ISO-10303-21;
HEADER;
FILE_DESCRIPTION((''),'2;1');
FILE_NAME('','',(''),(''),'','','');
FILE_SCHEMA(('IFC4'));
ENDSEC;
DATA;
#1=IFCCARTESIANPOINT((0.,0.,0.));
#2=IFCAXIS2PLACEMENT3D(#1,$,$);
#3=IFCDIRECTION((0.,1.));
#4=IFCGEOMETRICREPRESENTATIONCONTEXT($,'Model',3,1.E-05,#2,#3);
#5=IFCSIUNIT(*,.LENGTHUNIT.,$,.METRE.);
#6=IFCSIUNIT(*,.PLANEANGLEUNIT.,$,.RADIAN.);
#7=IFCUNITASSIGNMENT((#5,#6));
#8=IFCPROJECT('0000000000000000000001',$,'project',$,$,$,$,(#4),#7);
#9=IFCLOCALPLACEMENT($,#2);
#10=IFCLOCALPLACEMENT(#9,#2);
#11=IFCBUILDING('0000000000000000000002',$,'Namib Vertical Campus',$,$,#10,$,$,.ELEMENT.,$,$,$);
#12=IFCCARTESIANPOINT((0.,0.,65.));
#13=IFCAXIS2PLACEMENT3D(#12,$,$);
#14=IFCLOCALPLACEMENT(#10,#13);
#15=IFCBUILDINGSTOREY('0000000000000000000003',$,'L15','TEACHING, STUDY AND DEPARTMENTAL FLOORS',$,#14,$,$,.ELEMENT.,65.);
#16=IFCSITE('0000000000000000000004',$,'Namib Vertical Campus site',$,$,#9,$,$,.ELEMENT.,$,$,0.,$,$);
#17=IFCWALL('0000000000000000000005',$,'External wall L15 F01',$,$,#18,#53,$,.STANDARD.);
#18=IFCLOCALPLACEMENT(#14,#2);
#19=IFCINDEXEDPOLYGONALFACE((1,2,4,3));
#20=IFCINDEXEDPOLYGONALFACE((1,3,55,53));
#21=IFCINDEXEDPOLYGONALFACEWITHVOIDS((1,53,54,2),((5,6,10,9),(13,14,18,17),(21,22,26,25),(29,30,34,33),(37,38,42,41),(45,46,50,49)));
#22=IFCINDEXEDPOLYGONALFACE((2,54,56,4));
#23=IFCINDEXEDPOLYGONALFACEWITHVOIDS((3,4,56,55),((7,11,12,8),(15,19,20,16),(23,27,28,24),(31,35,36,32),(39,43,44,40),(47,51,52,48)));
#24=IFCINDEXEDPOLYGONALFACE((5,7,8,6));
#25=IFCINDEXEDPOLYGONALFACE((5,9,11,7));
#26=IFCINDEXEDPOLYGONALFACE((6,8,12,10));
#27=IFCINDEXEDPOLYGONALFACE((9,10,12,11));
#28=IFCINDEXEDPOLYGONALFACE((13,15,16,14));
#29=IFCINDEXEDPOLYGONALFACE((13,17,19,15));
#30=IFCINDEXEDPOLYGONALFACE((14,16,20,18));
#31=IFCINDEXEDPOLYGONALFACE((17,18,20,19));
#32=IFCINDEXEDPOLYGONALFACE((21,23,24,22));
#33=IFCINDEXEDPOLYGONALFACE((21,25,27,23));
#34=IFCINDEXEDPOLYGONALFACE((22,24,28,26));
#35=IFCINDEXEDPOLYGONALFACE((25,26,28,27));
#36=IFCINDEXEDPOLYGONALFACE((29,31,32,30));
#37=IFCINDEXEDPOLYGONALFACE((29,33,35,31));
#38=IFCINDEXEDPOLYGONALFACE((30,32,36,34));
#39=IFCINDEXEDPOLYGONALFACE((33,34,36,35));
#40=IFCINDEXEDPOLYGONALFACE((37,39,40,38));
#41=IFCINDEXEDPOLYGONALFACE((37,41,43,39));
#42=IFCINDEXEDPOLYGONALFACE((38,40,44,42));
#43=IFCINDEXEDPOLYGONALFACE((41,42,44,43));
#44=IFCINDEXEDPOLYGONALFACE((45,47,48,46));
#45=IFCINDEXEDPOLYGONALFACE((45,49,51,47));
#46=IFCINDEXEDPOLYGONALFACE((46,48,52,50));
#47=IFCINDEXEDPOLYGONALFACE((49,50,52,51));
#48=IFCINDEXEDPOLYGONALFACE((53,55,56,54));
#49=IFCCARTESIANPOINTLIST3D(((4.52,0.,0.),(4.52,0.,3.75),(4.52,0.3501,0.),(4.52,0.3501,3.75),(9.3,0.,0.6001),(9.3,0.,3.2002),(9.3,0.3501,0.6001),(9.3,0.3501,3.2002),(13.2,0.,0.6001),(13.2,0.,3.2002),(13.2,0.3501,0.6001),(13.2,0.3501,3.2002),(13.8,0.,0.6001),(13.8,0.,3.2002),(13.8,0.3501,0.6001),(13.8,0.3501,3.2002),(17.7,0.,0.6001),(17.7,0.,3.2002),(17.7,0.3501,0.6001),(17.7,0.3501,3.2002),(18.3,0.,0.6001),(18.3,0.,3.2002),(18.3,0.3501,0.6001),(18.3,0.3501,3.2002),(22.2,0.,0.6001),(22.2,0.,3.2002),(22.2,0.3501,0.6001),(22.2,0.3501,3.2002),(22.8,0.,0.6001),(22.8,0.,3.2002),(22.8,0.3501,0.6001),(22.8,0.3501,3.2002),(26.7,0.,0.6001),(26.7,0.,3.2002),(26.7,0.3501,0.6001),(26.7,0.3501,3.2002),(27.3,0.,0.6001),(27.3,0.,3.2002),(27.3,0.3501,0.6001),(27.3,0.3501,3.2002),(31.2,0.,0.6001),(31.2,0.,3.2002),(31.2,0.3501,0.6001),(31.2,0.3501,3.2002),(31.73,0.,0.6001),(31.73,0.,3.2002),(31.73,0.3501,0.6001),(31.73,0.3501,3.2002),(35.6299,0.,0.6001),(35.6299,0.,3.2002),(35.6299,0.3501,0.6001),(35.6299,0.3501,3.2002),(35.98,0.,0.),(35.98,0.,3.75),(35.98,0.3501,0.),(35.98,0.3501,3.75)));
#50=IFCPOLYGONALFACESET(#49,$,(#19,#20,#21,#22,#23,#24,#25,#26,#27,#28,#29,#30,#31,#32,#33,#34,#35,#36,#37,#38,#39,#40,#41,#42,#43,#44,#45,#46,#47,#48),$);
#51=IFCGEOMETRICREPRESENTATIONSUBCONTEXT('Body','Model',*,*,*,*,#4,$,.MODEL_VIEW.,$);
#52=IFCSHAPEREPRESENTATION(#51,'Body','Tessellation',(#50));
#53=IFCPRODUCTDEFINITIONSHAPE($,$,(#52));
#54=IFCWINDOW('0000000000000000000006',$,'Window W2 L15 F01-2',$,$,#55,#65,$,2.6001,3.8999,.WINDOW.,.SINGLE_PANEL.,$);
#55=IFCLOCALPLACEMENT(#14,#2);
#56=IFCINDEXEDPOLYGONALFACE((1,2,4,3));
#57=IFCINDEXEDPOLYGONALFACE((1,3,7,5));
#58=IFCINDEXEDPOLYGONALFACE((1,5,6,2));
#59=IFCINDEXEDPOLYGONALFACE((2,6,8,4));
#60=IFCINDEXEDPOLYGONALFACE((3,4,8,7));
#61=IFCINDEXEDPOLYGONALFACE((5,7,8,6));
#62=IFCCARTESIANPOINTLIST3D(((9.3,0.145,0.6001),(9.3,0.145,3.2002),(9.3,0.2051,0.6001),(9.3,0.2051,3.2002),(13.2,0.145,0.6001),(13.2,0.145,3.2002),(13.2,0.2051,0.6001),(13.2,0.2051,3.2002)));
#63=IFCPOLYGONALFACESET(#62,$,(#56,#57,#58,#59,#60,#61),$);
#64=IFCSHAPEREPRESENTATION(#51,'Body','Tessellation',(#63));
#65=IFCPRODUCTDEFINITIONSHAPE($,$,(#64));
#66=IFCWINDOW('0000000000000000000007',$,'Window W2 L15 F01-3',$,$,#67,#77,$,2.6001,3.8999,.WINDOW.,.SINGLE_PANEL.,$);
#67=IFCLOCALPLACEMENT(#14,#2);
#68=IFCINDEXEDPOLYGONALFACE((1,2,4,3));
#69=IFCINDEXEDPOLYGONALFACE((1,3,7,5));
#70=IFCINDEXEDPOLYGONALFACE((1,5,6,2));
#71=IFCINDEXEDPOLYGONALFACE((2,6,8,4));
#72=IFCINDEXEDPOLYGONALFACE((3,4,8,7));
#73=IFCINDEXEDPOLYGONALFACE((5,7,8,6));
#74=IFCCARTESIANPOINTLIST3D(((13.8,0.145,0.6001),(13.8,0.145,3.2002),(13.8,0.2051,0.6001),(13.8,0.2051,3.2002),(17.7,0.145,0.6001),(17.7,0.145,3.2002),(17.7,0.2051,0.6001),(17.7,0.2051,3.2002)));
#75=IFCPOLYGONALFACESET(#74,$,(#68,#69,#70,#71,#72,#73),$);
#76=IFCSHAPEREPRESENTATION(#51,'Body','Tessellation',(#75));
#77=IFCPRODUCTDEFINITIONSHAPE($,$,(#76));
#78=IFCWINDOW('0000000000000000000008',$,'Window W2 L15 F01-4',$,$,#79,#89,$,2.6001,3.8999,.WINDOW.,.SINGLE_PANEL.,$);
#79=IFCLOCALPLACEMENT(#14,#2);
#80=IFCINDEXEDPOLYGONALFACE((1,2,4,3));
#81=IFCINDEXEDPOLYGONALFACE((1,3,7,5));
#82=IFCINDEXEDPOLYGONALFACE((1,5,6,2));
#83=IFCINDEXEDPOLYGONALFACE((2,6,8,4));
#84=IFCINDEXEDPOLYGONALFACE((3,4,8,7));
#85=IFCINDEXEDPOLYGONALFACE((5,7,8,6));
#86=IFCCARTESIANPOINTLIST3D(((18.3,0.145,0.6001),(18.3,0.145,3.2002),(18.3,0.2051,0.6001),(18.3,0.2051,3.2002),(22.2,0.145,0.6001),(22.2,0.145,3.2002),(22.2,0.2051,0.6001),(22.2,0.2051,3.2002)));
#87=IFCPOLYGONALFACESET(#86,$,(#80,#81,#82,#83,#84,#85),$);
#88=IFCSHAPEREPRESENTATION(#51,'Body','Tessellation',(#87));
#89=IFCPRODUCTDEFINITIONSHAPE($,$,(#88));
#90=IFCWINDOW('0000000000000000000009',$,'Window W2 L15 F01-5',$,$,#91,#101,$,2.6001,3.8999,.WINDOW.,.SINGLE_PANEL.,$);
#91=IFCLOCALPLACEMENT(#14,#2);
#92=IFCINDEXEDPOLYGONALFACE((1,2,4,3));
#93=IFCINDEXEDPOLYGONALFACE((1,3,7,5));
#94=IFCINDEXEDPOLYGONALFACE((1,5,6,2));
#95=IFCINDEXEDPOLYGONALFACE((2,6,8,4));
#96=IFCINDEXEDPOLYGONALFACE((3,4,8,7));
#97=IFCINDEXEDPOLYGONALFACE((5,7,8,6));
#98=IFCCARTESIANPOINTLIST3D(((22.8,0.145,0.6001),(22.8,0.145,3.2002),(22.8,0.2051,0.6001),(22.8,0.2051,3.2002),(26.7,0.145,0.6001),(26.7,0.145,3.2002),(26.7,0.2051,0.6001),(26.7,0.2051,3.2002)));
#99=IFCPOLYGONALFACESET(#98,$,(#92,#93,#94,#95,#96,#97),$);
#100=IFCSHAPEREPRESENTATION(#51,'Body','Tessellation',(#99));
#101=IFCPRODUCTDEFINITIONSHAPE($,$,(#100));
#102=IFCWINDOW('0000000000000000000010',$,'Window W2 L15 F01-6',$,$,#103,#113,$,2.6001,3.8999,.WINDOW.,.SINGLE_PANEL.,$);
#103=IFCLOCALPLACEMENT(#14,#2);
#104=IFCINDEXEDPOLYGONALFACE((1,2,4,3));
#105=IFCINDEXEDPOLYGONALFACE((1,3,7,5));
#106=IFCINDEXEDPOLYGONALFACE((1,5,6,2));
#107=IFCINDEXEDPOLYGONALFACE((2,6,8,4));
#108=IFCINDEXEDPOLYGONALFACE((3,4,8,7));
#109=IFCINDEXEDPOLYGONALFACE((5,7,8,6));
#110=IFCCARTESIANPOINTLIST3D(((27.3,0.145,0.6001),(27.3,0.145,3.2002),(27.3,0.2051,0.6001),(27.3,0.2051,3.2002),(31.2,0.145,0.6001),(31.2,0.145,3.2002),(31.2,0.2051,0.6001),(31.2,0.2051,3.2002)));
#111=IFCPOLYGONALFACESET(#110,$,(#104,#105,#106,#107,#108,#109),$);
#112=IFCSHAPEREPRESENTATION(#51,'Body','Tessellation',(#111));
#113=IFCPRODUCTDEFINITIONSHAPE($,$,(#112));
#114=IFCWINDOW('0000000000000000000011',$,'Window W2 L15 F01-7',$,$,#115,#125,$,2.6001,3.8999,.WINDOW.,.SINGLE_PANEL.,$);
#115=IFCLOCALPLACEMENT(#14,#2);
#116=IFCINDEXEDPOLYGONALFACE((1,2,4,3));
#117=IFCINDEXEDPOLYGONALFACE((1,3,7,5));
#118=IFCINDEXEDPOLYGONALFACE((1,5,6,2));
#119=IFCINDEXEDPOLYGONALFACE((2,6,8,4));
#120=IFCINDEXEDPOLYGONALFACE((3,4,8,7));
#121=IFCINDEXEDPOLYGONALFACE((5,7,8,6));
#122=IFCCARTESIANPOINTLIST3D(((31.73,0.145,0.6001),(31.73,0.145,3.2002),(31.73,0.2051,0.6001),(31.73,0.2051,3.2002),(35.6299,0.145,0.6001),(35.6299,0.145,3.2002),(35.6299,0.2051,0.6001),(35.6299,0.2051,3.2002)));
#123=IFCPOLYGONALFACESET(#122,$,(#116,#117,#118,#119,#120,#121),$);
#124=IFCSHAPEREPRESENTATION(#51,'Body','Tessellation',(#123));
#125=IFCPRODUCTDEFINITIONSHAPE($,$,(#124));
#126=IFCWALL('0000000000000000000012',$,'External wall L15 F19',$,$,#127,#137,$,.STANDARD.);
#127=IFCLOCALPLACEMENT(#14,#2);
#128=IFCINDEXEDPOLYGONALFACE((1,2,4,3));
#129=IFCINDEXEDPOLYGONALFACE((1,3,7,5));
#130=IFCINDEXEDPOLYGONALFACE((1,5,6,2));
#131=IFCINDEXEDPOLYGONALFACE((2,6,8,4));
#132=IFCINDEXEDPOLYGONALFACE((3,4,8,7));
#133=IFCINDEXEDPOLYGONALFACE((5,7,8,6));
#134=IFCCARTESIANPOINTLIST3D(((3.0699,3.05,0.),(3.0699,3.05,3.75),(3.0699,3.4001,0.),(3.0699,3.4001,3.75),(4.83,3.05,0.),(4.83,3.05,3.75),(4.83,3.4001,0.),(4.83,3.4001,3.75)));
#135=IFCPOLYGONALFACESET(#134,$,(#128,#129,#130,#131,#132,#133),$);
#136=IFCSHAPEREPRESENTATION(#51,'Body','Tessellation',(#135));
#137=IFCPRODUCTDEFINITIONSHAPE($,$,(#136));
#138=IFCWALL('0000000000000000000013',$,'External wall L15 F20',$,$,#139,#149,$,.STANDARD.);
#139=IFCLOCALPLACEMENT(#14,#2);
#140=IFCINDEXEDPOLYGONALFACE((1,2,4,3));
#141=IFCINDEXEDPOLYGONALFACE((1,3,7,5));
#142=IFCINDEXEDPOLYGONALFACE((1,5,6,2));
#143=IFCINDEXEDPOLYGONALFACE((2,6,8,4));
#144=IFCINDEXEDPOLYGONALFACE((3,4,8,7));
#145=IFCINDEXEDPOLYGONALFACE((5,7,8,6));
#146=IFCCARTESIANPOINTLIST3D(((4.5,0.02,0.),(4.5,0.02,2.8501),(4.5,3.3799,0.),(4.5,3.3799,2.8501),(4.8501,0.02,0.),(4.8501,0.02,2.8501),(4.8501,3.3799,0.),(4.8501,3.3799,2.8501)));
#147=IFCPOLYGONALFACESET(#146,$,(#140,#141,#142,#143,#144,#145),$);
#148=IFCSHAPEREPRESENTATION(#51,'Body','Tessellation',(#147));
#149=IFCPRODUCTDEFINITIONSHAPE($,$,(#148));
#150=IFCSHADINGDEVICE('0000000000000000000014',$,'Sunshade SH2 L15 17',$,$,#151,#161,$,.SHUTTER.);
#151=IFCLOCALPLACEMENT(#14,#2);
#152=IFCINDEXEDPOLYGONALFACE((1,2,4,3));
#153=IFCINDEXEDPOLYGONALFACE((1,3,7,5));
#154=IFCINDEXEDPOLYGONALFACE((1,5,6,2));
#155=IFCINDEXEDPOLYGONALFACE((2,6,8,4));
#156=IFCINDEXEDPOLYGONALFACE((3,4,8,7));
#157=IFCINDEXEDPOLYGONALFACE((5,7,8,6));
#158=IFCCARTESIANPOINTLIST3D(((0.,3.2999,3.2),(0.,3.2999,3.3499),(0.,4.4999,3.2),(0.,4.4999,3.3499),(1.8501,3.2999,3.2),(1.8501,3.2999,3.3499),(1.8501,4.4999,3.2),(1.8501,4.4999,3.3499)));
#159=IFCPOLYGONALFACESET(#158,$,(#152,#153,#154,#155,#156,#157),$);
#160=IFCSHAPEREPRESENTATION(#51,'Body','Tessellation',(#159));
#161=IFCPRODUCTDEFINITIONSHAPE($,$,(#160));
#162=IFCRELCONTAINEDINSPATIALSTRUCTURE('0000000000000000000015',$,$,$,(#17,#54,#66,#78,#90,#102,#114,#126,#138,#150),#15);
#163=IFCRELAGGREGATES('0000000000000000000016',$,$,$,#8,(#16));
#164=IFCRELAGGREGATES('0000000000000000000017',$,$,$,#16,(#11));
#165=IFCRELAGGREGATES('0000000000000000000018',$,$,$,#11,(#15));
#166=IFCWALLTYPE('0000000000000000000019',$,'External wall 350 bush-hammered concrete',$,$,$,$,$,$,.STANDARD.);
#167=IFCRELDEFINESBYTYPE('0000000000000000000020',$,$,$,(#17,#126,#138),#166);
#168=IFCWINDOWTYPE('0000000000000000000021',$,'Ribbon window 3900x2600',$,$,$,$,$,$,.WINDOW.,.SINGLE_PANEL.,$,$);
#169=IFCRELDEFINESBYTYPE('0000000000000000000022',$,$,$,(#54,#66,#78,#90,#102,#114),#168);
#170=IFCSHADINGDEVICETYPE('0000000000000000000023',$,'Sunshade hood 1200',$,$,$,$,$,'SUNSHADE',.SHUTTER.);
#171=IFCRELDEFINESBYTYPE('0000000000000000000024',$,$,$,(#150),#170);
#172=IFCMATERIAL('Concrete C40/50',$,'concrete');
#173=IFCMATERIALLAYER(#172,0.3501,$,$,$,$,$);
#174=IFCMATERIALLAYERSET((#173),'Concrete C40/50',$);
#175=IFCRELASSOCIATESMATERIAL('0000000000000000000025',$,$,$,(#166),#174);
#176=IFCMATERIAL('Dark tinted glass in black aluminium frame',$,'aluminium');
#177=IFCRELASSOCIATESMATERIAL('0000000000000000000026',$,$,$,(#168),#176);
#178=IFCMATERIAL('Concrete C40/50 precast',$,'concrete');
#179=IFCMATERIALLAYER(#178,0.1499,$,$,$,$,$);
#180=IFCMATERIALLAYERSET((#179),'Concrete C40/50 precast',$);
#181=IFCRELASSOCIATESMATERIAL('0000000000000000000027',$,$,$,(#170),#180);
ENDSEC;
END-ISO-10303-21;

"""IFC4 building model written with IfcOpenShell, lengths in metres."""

from ifc_helpers import new_model, si_unit, direction, frame, frame_2d, origin, origin_2d, place, context, subcontext, project, spatial, rectangle, extrude, material, layer, layer_set, type_object, element, fill, save


model = new_model("IFC4")

# Units and contexts
model_context = context("Model", 3, precision=1e-05, world=origin(), true_north=direction((0.0, 1.0)))
body_context = subcontext(model_context, "Body", "Model", "MODEL_VIEW")
ifc_project = project(units=[si_unit("LENGTHUNIT", "METRE"), si_unit("PLANEANGLEUNIT", "RADIAN")], contexts=[model_context])

# Site, building, storey
site_placement = place(None, origin())
site = spatial("IfcSite", under=ifc_project, at=site_placement, Name="Namib Vertical Campus site", CompositionType="ELEMENT", RefElevation=0.0)
building_placement = place(site_placement, origin())
building = spatial("IfcBuilding", under=site, at=building_placement, Name="Namib Vertical Campus", CompositionType="ELEMENT")
storey_placement = place(building_placement, frame((0.0, 0.0, 65.0)))
storey = spatial("IfcBuildingStorey", under=building, at=storey_placement, Name="L15", Description="TEACHING, STUDY AND DEPARTMENTAL FLOORS", CompositionType="ELEMENT", Elevation=65.0)

# Wall, openings, windows
ifc_material_1 = material(Name="Concrete C40/50", Category="concrete")
ifc_layer_1 = layer(ifc_material_1, 0.3501)
ifc_layer_set_1 = layer_set([ifc_layer_1], Name="Concrete C40/50")
wall_type = type_object("IfcWallType", Name="External wall 350 bush-hammered concrete", PredefinedType="STANDARD", material=ifc_layer_set_1)
wall_1_placement = place(storey_placement, frame((4.52, 0.175, 0.0), z_axis=(0.0, 0.0, 1.0), x_axis=(1.0, 0.0, 0.0)))
wall_1 = element("IfcWall", 1, at=wall_1_placement, inside=storey, type_object=wall_type, Name="External wall L15 F01", PredefinedType="STANDARD", context=body_context, shape_type="SweptSolid", body=[
    extrude(rectangle(XDim=31.46, YDim=0.3501, at=frame_2d((15.73, 0.0))), origin(), (0.0, 0.0, 1.0), 3.75),
])
opening_1_placement = place(wall_1_placement, frame((4.78, 0.0, 0.6001)))
opening_1 = element("IfcOpeningElement", 2, at=opening_1_placement, cuts=wall_1, PredefinedType="OPENING", context=body_context, shape_type="SweptSolid", body=[
    extrude(rectangle(XDim=3.8999, YDim=2.6001, at=frame_2d((1.95, 1.3))), frame((0.0, 0.1851, 0.0), z_axis=(0.0, -1.0, 0.0), x_axis=(1.0, 0.0, 0.0)), (0.0, 0.0, 1.0), 0.3701),
])
opening_2_placement = place(wall_1_placement, frame((9.28, 0.0, 0.6001)))
opening_2 = element("IfcOpeningElement", 3, at=opening_2_placement, cuts=wall_1, PredefinedType="OPENING", context=body_context, shape_type="SweptSolid", body=[
    extrude(rectangle(XDim=3.8999, YDim=2.6001, at=frame_2d((1.95, 1.3))), frame((0.0, 0.1851, 0.0), z_axis=(0.0, -1.0, 0.0), x_axis=(1.0, 0.0, 0.0)), (0.0, 0.0, 1.0), 0.3701),
])
opening_3_placement = place(wall_1_placement, frame((13.78, 0.0, 0.6001)))
opening_3 = element("IfcOpeningElement", 4, at=opening_3_placement, cuts=wall_1, PredefinedType="OPENING", context=body_context, shape_type="SweptSolid", body=[
    extrude(rectangle(XDim=3.8999, YDim=2.6001, at=frame_2d((1.95, 1.3))), frame((0.0, 0.1851, 0.0), z_axis=(0.0, -1.0, 0.0), x_axis=(1.0, 0.0, 0.0)), (0.0, 0.0, 1.0), 0.3701),
])
opening_4_placement = place(wall_1_placement, frame((18.28, 0.0, 0.6001)))
opening_4 = element("IfcOpeningElement", 5, at=opening_4_placement, cuts=wall_1, PredefinedType="OPENING", context=body_context, shape_type="SweptSolid", body=[
    extrude(rectangle(XDim=3.8999, YDim=2.6001, at=frame_2d((1.95, 1.3))), frame((0.0, 0.1851, 0.0), z_axis=(0.0, -1.0, 0.0), x_axis=(1.0, 0.0, 0.0)), (0.0, 0.0, 1.0), 0.3701),
])
opening_5_placement = place(wall_1_placement, frame((22.78, 0.0, 0.6001)))
opening_5 = element("IfcOpeningElement", 6, at=opening_5_placement, cuts=wall_1, PredefinedType="OPENING", context=body_context, shape_type="SweptSolid", body=[
    extrude(rectangle(XDim=3.8999, YDim=2.6001, at=frame_2d((1.95, 1.3))), frame((0.0, 0.1851, 0.0), z_axis=(0.0, -1.0, 0.0), x_axis=(1.0, 0.0, 0.0)), (0.0, 0.0, 1.0), 0.3701),
])
opening_6_placement = place(wall_1_placement, frame((27.21, 0.0, 0.6001)))
opening_6 = element("IfcOpeningElement", 7, at=opening_6_placement, cuts=wall_1, PredefinedType="OPENING", context=body_context, shape_type="SweptSolid", body=[
    extrude(rectangle(XDim=3.8999, YDim=2.6001, at=frame_2d((1.95, 1.3))), frame((0.0, 0.1851, 0.0), z_axis=(0.0, -1.0, 0.0), x_axis=(1.0, 0.0, 0.0)), (0.0, 0.0, 1.0), 0.3701),
])
ifc_material_2 = material(Name="Dark tinted glass in black aluminium frame", Category="aluminium")
window_type = type_object("IfcWindowType", Name="Ribbon window 3900x2600", PartitioningType="SINGLE_PANEL", PredefinedType="WINDOW", material=ifc_material_2)
window_1_placement = place(opening_1_placement, origin())
window_1 = element("IfcWindow", 8, at=window_1_placement, inside=storey, type_object=window_type, Name="Window W2 L15 F01-2", OverallHeight=2.6001, OverallWidth=3.8999, PartitioningType="SINGLE_PANEL", PredefinedType="WINDOW", context=body_context, shape_type="SweptSolid", body=[
    extrude(rectangle(XDim=3.8999, YDim=2.6001, at=frame_2d((1.95, 1.3))), frame((0.0, 0.03, 0.0), z_axis=(0.0, -1.0, 0.0), x_axis=(1.0, 0.0, 0.0)), (0.0, 0.0, 1.0), 0.0601),
])
fill(opening_1, window_1)
window_2_placement = place(opening_2_placement, origin())
window_2 = element("IfcWindow", 9, at=window_2_placement, inside=storey, type_object=window_type, Name="Window W2 L15 F01-3", OverallHeight=2.6001, OverallWidth=3.8999, PartitioningType="SINGLE_PANEL", PredefinedType="WINDOW", context=body_context, shape_type="SweptSolid", body=[
    extrude(rectangle(XDim=3.8999, YDim=2.6001, at=frame_2d((1.95, 1.3))), frame((0.0, 0.03, 0.0), z_axis=(0.0, -1.0, 0.0), x_axis=(1.0, 0.0, 0.0)), (0.0, 0.0, 1.0), 0.0601),
])
fill(opening_2, window_2)
window_3_placement = place(opening_3_placement, origin())
window_3 = element("IfcWindow", 10, at=window_3_placement, inside=storey, type_object=window_type, Name="Window W2 L15 F01-4", OverallHeight=2.6001, OverallWidth=3.8999, PartitioningType="SINGLE_PANEL", PredefinedType="WINDOW", context=body_context, shape_type="SweptSolid", body=[
    extrude(rectangle(XDim=3.8999, YDim=2.6001, at=frame_2d((1.95, 1.3))), frame((0.0, 0.03, 0.0), z_axis=(0.0, -1.0, 0.0), x_axis=(1.0, 0.0, 0.0)), (0.0, 0.0, 1.0), 0.0601),
])
fill(opening_3, window_3)
window_4_placement = place(opening_4_placement, origin())
window_4 = element("IfcWindow", 11, at=window_4_placement, inside=storey, type_object=window_type, Name="Window W2 L15 F01-5", OverallHeight=2.6001, OverallWidth=3.8999, PartitioningType="SINGLE_PANEL", PredefinedType="WINDOW", context=body_context, shape_type="SweptSolid", body=[
    extrude(rectangle(XDim=3.8999, YDim=2.6001, at=frame_2d((1.95, 1.3))), frame((0.0, 0.03, 0.0), z_axis=(0.0, -1.0, 0.0), x_axis=(1.0, 0.0, 0.0)), (0.0, 0.0, 1.0), 0.0601),
])
fill(opening_4, window_4)
window_5_placement = place(opening_5_placement, origin())
window_5 = element("IfcWindow", 12, at=window_5_placement, inside=storey, type_object=window_type, Name="Window W2 L15 F01-6", OverallHeight=2.6001, OverallWidth=3.8999, PartitioningType="SINGLE_PANEL", PredefinedType="WINDOW", context=body_context, shape_type="SweptSolid", body=[
    extrude(rectangle(XDim=3.8999, YDim=2.6001, at=frame_2d((1.95, 1.3))), frame((0.0, 0.03, 0.0), z_axis=(0.0, -1.0, 0.0), x_axis=(1.0, 0.0, 0.0)), (0.0, 0.0, 1.0), 0.0601),
])
fill(opening_5, window_5)
window_6_placement = place(opening_6_placement, origin())
window_6 = element("IfcWindow", 13, at=window_6_placement, inside=storey, type_object=window_type, Name="Window W2 L15 F01-7", OverallHeight=2.6001, OverallWidth=3.8999, PartitioningType="SINGLE_PANEL", PredefinedType="WINDOW", context=body_context, shape_type="SweptSolid", body=[
    extrude(rectangle(XDim=3.8999, YDim=2.6001, at=frame_2d((1.95, 1.3))), frame((0.0, 0.03, 0.0), z_axis=(0.0, -1.0, 0.0), x_axis=(1.0, 0.0, 0.0)), (0.0, 0.0, 1.0), 0.0601),
])
fill(opening_6, window_6)

# Walls
wall_2_placement = place(storey_placement, frame((3.0701, 3.2251, 0.0), z_axis=(0.0, 0.0, 1.0), x_axis=(1.0, 0.0, 0.0)))
element("IfcWall", 14, at=wall_2_placement, inside=storey, type_object=wall_type, Name="External wall L15 F19", PredefinedType="STANDARD", context=body_context, shape_type="SweptSolid", body=[
    extrude(rectangle(XDim=1.76, YDim=0.3501, at=frame_2d((0.8799, 0.0))), origin(), (0.0, 0.0, 1.0), 3.75),
])
wall_3_placement = place(storey_placement, frame((4.675, 3.3799, 0.0), z_axis=(0.0, 0.0, 1.0), x_axis=(0.0, -1.0, 0.0)))
element("IfcWall", 15, at=wall_3_placement, inside=storey, type_object=wall_type, Name="External wall L15 F20", PredefinedType="STANDARD", context=body_context, shape_type="SweptSolid", body=[
    extrude(rectangle(XDim=3.3599, YDim=0.3501, at=frame_2d((1.6799, 0.0))), origin(), (0.0, 0.0, 1.0), 2.8501),
])

# Shading device
ifc_material_3 = material(Name="Concrete C40/50 precast", Category="concrete")
ifc_layer_2 = layer(ifc_material_3, 0.1499)
ifc_layer_set_2 = layer_set([ifc_layer_2], Name="Concrete C40/50 precast")
shading_device_type = type_object("IfcShadingDeviceType", Name="Sunshade hood 1200", ElementType="SUNSHADE", PredefinedType="SHUTTER", material=ifc_layer_set_2)
for number, where, z_axis, x_axis, name in (
    (16, (0.925, 3.8999, 3.2), (0.0, 0.0, 1.0), (1.0, 0.0, 0.0), "Sunshade SH2 L15 17"),
):
    element("IfcShadingDevice", number, at=place(storey_placement, frame(where, z_axis=z_axis, x_axis=x_axis)), inside=storey, type_object=shading_device_type, Name=name, PredefinedType="SHUTTER", context=body_context, shape_type="SweptSolid", body=[
        extrude(rectangle(XDim=1.8501, YDim=1.2, at=origin_2d()), origin(), (0.0, 0.0, 1.0), 0.1499),
    ])

save(model, "model.ifc")
